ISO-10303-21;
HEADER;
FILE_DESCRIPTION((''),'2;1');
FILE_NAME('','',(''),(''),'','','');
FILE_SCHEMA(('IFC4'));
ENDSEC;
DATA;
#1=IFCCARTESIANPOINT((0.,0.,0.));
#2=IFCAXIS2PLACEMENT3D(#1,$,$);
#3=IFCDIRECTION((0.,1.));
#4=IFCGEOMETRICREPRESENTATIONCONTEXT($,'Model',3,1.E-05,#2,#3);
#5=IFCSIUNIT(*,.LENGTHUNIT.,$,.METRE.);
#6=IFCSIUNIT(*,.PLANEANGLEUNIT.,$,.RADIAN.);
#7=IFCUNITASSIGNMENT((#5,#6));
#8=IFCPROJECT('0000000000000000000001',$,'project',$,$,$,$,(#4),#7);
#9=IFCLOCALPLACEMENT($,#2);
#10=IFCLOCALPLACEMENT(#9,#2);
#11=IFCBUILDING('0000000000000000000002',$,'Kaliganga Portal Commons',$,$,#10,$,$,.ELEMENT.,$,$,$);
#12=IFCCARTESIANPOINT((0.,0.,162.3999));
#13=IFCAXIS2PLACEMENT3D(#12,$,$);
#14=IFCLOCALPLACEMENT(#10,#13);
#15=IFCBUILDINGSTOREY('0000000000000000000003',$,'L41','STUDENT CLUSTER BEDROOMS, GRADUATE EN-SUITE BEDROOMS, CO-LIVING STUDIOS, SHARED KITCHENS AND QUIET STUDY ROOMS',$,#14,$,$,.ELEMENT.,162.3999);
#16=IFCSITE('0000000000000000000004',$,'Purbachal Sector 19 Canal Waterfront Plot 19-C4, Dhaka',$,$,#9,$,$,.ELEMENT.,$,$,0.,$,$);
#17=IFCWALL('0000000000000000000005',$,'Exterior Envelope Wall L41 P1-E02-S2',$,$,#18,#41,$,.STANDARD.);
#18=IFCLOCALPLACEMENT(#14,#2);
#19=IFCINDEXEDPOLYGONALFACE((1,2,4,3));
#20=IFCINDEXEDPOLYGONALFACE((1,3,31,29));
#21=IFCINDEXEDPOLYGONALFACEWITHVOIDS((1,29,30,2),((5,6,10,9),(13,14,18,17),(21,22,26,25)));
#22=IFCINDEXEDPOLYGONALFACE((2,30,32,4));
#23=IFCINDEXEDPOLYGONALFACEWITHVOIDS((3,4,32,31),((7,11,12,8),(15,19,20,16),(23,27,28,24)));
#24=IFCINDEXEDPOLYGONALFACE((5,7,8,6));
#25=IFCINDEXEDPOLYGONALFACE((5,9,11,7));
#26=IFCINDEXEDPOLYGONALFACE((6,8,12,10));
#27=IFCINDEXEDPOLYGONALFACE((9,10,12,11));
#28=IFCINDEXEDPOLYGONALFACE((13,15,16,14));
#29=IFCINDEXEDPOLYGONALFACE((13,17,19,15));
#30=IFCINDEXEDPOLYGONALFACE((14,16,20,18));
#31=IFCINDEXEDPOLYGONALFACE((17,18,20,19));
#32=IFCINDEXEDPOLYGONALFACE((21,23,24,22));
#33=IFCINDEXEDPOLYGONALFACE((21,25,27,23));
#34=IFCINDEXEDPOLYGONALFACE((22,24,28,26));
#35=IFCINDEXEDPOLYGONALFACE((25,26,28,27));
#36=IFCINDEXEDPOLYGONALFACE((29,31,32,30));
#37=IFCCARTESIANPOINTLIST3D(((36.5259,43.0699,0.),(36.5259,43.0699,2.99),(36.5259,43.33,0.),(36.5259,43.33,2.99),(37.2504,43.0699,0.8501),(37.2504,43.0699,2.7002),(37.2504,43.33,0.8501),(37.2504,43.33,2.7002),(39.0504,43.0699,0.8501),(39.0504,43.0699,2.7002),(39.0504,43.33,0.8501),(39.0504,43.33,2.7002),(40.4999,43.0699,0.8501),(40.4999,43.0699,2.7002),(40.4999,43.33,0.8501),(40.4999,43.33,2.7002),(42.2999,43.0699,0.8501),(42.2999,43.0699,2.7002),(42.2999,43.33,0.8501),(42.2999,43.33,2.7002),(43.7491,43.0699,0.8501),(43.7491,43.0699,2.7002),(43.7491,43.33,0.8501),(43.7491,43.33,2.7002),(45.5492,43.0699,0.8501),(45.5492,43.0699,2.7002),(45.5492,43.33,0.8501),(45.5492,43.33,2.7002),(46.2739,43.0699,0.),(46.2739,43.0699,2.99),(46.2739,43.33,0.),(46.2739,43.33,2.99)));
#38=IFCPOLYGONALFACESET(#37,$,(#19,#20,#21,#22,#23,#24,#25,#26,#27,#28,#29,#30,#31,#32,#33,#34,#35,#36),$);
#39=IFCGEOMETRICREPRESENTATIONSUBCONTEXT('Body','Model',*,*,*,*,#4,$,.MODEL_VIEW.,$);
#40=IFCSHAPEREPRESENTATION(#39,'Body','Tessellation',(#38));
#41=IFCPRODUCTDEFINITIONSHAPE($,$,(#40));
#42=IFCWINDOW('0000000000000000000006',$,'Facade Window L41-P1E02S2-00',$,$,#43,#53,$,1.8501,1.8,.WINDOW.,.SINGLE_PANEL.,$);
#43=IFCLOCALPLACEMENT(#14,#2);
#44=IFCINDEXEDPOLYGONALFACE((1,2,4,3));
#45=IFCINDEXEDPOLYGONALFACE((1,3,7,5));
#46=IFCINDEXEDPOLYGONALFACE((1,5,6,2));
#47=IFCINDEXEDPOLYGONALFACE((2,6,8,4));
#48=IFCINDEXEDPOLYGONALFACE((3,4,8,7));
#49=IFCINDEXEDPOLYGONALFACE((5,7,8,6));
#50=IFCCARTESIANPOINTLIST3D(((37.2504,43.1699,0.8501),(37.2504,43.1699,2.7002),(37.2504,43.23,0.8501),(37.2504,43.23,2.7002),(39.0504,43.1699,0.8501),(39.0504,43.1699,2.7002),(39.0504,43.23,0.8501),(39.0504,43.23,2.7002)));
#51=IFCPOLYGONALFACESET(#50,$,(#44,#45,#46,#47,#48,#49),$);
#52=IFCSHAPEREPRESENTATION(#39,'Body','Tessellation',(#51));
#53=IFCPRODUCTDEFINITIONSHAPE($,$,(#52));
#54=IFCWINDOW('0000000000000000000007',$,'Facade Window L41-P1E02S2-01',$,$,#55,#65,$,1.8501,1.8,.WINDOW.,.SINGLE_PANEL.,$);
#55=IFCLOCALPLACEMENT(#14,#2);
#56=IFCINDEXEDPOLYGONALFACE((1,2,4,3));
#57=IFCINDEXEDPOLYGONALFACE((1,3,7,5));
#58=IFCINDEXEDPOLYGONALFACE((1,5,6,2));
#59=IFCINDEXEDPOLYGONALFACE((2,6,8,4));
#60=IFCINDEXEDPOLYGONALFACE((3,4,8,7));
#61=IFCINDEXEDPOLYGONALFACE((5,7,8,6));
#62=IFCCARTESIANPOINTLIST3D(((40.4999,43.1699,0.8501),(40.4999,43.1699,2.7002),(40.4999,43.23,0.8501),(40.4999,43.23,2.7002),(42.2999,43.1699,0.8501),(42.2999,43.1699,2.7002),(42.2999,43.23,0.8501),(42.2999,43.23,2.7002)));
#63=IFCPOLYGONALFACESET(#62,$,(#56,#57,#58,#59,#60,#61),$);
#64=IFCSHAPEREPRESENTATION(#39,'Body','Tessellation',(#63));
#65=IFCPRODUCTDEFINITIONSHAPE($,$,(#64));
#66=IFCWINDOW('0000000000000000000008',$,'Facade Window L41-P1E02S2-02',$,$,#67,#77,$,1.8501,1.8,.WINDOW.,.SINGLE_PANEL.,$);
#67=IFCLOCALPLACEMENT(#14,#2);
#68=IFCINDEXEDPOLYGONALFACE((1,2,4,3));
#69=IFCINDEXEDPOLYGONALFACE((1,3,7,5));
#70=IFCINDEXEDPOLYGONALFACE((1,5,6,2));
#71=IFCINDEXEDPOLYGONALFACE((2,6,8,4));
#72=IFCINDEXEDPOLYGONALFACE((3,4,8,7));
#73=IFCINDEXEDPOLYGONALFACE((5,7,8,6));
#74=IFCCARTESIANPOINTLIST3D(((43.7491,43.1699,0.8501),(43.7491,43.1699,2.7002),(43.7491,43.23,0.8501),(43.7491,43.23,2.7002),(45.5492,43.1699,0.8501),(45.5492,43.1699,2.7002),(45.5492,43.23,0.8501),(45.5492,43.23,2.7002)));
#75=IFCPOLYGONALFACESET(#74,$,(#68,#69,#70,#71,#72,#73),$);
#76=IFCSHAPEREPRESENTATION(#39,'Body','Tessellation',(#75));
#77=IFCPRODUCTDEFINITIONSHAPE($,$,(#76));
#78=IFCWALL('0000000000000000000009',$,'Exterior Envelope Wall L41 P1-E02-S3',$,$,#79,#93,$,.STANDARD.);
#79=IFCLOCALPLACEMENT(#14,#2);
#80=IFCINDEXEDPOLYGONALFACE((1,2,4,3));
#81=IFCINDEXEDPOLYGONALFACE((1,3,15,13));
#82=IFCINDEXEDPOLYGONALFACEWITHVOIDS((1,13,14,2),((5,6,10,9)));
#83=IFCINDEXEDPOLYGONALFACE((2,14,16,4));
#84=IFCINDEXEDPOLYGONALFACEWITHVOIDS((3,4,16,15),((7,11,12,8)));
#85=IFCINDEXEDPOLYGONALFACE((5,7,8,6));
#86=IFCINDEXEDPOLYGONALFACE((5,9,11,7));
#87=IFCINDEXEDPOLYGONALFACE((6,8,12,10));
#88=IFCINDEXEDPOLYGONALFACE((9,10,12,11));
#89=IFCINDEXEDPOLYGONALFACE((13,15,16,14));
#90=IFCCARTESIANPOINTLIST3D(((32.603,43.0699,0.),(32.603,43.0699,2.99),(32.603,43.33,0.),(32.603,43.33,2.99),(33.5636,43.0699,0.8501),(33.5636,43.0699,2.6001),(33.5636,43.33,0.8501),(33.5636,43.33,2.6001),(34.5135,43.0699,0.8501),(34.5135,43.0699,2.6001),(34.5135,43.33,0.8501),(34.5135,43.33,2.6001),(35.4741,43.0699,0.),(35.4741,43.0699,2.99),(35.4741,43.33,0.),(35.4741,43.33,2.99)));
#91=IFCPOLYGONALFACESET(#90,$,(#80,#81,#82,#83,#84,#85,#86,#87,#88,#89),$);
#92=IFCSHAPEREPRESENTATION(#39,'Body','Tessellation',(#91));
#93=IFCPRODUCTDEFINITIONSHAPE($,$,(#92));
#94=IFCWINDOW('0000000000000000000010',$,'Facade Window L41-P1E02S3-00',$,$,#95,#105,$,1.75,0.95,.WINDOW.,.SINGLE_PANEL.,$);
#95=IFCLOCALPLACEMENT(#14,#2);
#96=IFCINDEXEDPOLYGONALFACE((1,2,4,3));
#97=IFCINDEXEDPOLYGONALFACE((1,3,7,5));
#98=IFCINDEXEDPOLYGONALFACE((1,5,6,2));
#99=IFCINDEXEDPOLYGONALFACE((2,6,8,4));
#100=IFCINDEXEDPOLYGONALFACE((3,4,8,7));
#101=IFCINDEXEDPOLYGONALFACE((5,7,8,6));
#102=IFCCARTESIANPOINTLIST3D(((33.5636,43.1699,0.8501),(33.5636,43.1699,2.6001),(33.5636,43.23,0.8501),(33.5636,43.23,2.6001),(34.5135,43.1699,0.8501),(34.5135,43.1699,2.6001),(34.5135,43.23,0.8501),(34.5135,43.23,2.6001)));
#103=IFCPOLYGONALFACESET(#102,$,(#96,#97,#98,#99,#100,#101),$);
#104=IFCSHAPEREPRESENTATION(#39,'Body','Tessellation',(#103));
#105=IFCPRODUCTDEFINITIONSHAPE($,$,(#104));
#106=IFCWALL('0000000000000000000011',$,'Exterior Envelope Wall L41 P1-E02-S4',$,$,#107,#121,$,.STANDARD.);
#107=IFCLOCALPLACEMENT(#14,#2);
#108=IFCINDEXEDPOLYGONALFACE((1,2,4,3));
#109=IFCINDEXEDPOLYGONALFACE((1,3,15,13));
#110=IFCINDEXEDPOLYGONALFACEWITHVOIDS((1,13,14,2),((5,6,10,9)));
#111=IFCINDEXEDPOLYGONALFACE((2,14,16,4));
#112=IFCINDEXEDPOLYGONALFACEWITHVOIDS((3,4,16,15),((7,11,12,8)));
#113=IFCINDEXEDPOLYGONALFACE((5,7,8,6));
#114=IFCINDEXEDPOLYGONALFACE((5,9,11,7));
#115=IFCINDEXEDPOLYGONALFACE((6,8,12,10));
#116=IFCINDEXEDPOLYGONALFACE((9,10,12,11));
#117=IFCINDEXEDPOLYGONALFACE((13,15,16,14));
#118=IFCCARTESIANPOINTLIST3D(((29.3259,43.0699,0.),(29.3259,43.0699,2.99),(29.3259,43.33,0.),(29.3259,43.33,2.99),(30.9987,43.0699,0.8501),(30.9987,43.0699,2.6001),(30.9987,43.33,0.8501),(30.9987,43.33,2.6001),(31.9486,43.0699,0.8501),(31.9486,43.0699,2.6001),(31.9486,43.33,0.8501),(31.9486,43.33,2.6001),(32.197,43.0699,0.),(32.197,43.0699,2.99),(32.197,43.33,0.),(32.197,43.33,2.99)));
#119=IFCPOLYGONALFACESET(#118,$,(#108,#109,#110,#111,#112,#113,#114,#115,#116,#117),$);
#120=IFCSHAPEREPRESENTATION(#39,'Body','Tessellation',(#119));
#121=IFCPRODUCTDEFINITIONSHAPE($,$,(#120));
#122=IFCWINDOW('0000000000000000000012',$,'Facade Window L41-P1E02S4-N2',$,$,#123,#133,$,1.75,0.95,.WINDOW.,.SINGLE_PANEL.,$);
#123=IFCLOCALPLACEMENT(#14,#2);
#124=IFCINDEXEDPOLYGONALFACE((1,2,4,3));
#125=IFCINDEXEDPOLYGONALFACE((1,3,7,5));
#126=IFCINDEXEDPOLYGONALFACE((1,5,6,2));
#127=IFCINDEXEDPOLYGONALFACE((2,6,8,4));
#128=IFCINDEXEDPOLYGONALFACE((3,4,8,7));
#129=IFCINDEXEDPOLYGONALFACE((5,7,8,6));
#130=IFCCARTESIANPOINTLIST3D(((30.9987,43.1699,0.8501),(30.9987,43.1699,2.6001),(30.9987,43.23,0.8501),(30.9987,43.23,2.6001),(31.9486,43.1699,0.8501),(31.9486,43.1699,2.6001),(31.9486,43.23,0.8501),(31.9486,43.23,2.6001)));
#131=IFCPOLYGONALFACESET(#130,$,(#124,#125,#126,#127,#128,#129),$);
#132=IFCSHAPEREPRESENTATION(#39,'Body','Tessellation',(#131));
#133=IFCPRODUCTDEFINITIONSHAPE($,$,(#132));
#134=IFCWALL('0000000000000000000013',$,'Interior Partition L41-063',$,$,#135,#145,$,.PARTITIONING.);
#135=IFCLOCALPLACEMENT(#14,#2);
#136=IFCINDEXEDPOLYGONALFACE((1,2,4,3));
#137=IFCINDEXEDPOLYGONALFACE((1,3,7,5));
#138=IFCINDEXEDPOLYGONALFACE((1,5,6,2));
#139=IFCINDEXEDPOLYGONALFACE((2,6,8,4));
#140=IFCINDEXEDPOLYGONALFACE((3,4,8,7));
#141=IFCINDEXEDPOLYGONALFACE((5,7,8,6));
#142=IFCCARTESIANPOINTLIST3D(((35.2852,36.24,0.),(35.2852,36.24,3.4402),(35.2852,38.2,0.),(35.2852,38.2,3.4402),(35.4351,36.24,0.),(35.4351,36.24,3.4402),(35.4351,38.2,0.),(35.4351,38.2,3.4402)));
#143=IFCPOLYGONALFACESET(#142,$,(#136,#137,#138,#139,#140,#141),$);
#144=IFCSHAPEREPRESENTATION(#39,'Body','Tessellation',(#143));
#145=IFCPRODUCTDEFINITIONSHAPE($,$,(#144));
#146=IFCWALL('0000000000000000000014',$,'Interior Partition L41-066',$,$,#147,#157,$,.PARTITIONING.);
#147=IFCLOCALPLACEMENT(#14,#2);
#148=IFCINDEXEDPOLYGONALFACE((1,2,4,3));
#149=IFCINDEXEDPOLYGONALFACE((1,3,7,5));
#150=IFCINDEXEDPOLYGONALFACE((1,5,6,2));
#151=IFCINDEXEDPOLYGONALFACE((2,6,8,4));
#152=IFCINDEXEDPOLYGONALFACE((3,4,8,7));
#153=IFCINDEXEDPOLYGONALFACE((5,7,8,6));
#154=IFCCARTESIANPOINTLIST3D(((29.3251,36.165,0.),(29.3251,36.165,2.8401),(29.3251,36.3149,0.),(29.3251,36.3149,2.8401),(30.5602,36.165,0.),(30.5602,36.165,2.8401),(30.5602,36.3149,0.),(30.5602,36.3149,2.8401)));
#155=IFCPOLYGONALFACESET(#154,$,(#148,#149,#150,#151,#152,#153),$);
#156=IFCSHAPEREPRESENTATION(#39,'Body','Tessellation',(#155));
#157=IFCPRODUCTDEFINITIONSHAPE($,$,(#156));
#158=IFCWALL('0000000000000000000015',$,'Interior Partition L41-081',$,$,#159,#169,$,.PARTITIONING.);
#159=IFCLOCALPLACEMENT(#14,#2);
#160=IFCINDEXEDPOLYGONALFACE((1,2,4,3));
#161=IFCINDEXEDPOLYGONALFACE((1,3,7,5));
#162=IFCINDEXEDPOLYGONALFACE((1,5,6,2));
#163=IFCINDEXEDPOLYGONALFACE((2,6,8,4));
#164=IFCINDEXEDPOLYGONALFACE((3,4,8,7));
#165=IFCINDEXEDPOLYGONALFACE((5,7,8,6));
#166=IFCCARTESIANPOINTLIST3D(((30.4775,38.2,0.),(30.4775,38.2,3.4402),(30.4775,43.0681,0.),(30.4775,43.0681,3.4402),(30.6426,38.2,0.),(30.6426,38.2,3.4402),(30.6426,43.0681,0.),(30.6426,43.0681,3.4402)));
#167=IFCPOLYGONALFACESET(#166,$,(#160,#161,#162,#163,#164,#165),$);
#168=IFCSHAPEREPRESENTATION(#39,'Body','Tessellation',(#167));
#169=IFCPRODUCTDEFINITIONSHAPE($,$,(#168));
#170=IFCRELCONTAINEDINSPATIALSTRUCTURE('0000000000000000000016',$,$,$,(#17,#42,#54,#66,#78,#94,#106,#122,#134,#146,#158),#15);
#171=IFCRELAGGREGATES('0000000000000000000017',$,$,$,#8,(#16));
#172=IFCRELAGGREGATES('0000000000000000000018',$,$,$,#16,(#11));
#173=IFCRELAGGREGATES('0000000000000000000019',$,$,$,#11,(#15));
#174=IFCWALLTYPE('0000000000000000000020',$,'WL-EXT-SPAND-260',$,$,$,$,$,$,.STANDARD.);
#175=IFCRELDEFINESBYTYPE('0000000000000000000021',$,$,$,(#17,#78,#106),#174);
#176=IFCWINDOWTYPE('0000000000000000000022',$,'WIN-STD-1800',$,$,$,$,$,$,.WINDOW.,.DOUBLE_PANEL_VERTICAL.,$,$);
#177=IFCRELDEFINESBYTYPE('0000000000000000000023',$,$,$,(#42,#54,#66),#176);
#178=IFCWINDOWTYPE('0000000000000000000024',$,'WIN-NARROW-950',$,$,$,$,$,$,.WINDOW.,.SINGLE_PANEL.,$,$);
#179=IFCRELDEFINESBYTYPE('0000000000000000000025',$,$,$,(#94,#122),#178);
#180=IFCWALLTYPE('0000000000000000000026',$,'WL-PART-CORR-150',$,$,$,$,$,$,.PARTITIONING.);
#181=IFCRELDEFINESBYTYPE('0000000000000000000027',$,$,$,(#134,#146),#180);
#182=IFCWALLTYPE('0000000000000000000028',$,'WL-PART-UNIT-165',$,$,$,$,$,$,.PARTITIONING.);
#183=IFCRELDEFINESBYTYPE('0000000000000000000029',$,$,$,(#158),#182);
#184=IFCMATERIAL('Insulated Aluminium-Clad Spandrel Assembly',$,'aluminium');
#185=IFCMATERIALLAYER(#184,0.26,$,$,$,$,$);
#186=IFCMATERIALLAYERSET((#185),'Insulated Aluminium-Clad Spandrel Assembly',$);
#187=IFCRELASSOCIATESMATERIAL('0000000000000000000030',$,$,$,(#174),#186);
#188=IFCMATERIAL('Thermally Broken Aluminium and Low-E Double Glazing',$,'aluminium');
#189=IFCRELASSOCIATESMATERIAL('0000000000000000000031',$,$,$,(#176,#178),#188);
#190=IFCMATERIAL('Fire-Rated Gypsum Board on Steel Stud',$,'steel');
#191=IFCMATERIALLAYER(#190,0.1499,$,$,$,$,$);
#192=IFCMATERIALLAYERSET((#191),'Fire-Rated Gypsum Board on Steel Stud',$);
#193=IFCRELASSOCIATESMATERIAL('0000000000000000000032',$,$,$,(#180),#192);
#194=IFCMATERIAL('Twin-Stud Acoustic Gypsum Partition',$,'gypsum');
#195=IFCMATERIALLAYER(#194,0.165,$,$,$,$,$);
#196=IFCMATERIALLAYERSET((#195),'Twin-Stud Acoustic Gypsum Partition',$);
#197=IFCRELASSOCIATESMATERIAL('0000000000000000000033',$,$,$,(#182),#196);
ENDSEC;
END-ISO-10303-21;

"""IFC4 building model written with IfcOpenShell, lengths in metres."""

from ifc_helpers import new_model, si_unit, direction, frame, frame_2d, origin, place, context, subcontext, project, spatial, rectangle, extrude, material, layer, layer_set, type_object, element, fill, save


model = new_model("IFC4")

# Units and contexts
model_context = context("Model", 3, precision=1e-05, world=origin(), true_north=direction((0.0, 1.0)))
body_context = subcontext(model_context, "Body", "Model", "MODEL_VIEW")
ifc_project = project(units=[si_unit("LENGTHUNIT", "METRE"), si_unit("PLANEANGLEUNIT", "RADIAN")], contexts=[model_context])

# Site, building, storey
site_placement = place(None, origin())
site = spatial("IfcSite", under=ifc_project, at=site_placement, Name="Purbachal Sector 19 Canal Waterfront Plot 19-C4, Dhaka", CompositionType="ELEMENT", RefElevation=0.0)
building_placement = place(site_placement, origin())
building = spatial("IfcBuilding", under=site, at=building_placement, Name="Kaliganga Portal Commons", CompositionType="ELEMENT")
storey_placement = place(building_placement, frame((0.0, 0.0, 162.3999)))
storey = spatial("IfcBuildingStorey", under=building, at=storey_placement, Name="L41", Description="STUDENT CLUSTER BEDROOMS, GRADUATE EN-SUITE BEDROOMS, CO-LIVING STUDIOS, SHARED KITCHENS AND QUIET STUDY ROOMS", CompositionType="ELEMENT", Elevation=162.3999)

# Wall, openings, windows
ifc_material_1 = material(Name="Insulated Aluminium-Clad Spandrel Assembly", Category="aluminium")
ifc_layer_1 = layer(ifc_material_1, 0.26)
ifc_layer_set_1 = layer_set([ifc_layer_1], Name="Insulated Aluminium-Clad Spandrel Assembly")
wall_type_1 = type_object("IfcWallType", Name="WL-EXT-SPAND-260", PredefinedType="STANDARD", material=ifc_layer_set_1)
wall_1_placement = place(storey_placement, frame((36.5259, 43.2, 0.0), z_axis=(0.0, 0.0, 1.0), x_axis=(1.0, 0.0, 0.0)))
wall_1 = element("IfcWall", 1, at=wall_1_placement, inside=storey, type_object=wall_type_1, Name="Exterior Envelope Wall L41 P1-E02-S2", PredefinedType="STANDARD", context=body_context, shape_type="SweptSolid", body=[
    extrude(rectangle(XDim=9.748, YDim=0.26, at=frame_2d((4.874, 0.0))), origin(), (0.0, 0.0, 1.0), 2.99),
])
opening_1_placement = place(wall_1_placement, frame((0.7246, 0.0, 0.8501)))
opening_1 = element("IfcOpeningElement", 2, at=opening_1_placement, cuts=wall_1, PredefinedType="OPENING", context=body_context, shape_type="SweptSolid", body=[
    extrude(rectangle(XDim=1.8, YDim=1.8501, at=frame_2d((0.8999, 0.925))), frame((0.0, 0.1401, 0.0), z_axis=(0.0, -1.0, 0.0), x_axis=(1.0, 0.0, 0.0)), (0.0, 0.0, 1.0), 0.28),
])
opening_2_placement = place(wall_1_placement, frame((3.9741, 0.0, 0.8501)))
opening_2 = element("IfcOpeningElement", 3, at=opening_2_placement, cuts=wall_1, PredefinedType="OPENING", context=body_context, shape_type="SweptSolid", body=[
    extrude(rectangle(XDim=1.8, YDim=1.8501, at=frame_2d((0.8999, 0.925))), frame((0.0, 0.1401, 0.0), z_axis=(0.0, -1.0, 0.0), x_axis=(1.0, 0.0, 0.0)), (0.0, 0.0, 1.0), 0.28),
])
opening_3_placement = place(wall_1_placement, frame((7.2234, 0.0, 0.8501)))
opening_3 = element("IfcOpeningElement", 4, at=opening_3_placement, cuts=wall_1, PredefinedType="OPENING", context=body_context, shape_type="SweptSolid", body=[
    extrude(rectangle(XDim=1.8, YDim=1.8501, at=frame_2d((0.8999, 0.925))), frame((0.0, 0.1401, 0.0), z_axis=(0.0, -1.0, 0.0), x_axis=(1.0, 0.0, 0.0)), (0.0, 0.0, 1.0), 0.28),
])
ifc_material_2 = material(Name="Thermally Broken Aluminium and Low-E Double Glazing", Category="aluminium")
window_type_1 = type_object("IfcWindowType", Name="WIN-STD-1800", PartitioningType="DOUBLE_PANEL_VERTICAL", PredefinedType="WINDOW", material=ifc_material_2)
window_1_placement = place(opening_1_placement, origin())
window_1 = element("IfcWindow", 5, at=window_1_placement, inside=storey, type_object=window_type_1, Name="Facade Window L41-P1E02S2-00", OverallHeight=1.8501, OverallWidth=1.8, PartitioningType="SINGLE_PANEL", PredefinedType="WINDOW", context=body_context, shape_type="SweptSolid", body=[
    extrude(rectangle(XDim=1.8, YDim=1.8501, at=frame_2d((0.8999, 0.925))), frame((0.0, 0.03, 0.0), z_axis=(0.0, -1.0, 0.0), x_axis=(1.0, 0.0, 0.0)), (0.0, 0.0, 1.0), 0.0601),
])
fill(opening_1, window_1)
window_2_placement = place(opening_2_placement, origin())
window_2 = element("IfcWindow", 6, at=window_2_placement, inside=storey, type_object=window_type_1, Name="Facade Window L41-P1E02S2-01", OverallHeight=1.8501, OverallWidth=1.8, PartitioningType="SINGLE_PANEL", PredefinedType="WINDOW", context=body_context, shape_type="SweptSolid", body=[
    extrude(rectangle(XDim=1.8, YDim=1.8501, at=frame_2d((0.8999, 0.925))), frame((0.0, 0.03, 0.0), z_axis=(0.0, -1.0, 0.0), x_axis=(1.0, 0.0, 0.0)), (0.0, 0.0, 1.0), 0.0601),
])
fill(opening_2, window_2)
window_3_placement = place(opening_3_placement, origin())
window_3 = element("IfcWindow", 7, at=window_3_placement, inside=storey, type_object=window_type_1, Name="Facade Window L41-P1E02S2-02", OverallHeight=1.8501, OverallWidth=1.8, PartitioningType="SINGLE_PANEL", PredefinedType="WINDOW", context=body_context, shape_type="SweptSolid", body=[
    extrude(rectangle(XDim=1.8, YDim=1.8501, at=frame_2d((0.8999, 0.925))), frame((0.0, 0.03, 0.0), z_axis=(0.0, -1.0, 0.0), x_axis=(1.0, 0.0, 0.0)), (0.0, 0.0, 1.0), 0.0601),
])
fill(opening_3, window_3)

# Walls, openings, windows
wall_2_placement = place(storey_placement, frame((32.603, 43.2, 0.0), z_axis=(0.0, 0.0, 1.0), x_axis=(1.0, 0.0, 0.0)))
wall_2 = element("IfcWall", 8, at=wall_2_placement, inside=storey, type_object=wall_type_1, Name="Exterior Envelope Wall L41 P1-E02-S3", PredefinedType="STANDARD", context=body_context, shape_type="SweptSolid", body=[
    extrude(rectangle(XDim=2.8711, YDim=0.26, at=frame_2d((1.4355, 0.0))), origin(), (0.0, 0.0, 1.0), 2.99),
])
opening_4_placement = place(wall_2_placement, frame((0.9604, 0.0, 0.8501)))
opening_4 = element("IfcOpeningElement", 9, at=opening_4_placement, cuts=wall_2, PredefinedType="OPENING", context=body_context, shape_type="SweptSolid", body=[
    extrude(rectangle(XDim=0.95, YDim=1.75, at=frame_2d((0.4751, 0.875))), frame((0.0, 0.1401, 0.0), z_axis=(0.0, -1.0, 0.0), x_axis=(1.0, 0.0, 0.0)), (0.0, 0.0, 1.0), 0.28),
])
window_type_2 = type_object("IfcWindowType", Name="WIN-NARROW-950", PartitioningType="SINGLE_PANEL", PredefinedType="WINDOW", material=ifc_material_2)
window_4_placement = place(opening_4_placement, origin())
window_4 = element("IfcWindow", 10, at=window_4_placement, inside=storey, type_object=window_type_2, Name="Facade Window L41-P1E02S3-00", OverallHeight=1.75, OverallWidth=0.95, PartitioningType="SINGLE_PANEL", PredefinedType="WINDOW", context=body_context, shape_type="SweptSolid", body=[
    extrude(rectangle(XDim=0.95, YDim=1.75, at=frame_2d((0.4751, 0.875))), frame((0.0, 0.03, 0.0), z_axis=(0.0, -1.0, 0.0), x_axis=(1.0, 0.0, 0.0)), (0.0, 0.0, 1.0), 0.0601),
])
fill(opening_4, window_4)
wall_3_placement = place(storey_placement, frame((29.3259, 43.2, 0.0), z_axis=(0.0, 0.0, 1.0), x_axis=(1.0, 0.0, 0.0)))
wall_3 = element("IfcWall", 11, at=wall_3_placement, inside=storey, type_object=wall_type_1, Name="Exterior Envelope Wall L41 P1-E02-S4", PredefinedType="STANDARD", context=body_context, shape_type="SweptSolid", body=[
    extrude(rectangle(XDim=2.8711, YDim=0.26, at=frame_2d((1.4355, 0.0))), origin(), (0.0, 0.0, 1.0), 2.99),
])
opening_5_placement = place(wall_3_placement, frame((1.6726, 0.0, 0.8501)))
opening_5 = element("IfcOpeningElement", 12, at=opening_5_placement, cuts=wall_3, PredefinedType="OPENING", context=body_context, shape_type="SweptSolid", body=[
    extrude(rectangle(XDim=0.95, YDim=1.75, at=frame_2d((0.4751, 0.875))), frame((0.0, 0.1401, 0.0), z_axis=(0.0, -1.0, 0.0), x_axis=(1.0, 0.0, 0.0)), (0.0, 0.0, 1.0), 0.28),
])
window_5_placement = place(opening_5_placement, origin())
window_5 = element("IfcWindow", 13, at=window_5_placement, inside=storey, type_object=window_type_2, Name="Facade Window L41-P1E02S4-N2", OverallHeight=1.75, OverallWidth=0.95, PartitioningType="SINGLE_PANEL", PredefinedType="WINDOW", context=body_context, shape_type="SweptSolid", body=[
    extrude(rectangle(XDim=0.95, YDim=1.75, at=frame_2d((0.4751, 0.875))), frame((0.0, 0.03, 0.0), z_axis=(0.0, -1.0, 0.0), x_axis=(1.0, 0.0, 0.0)), (0.0, 0.0, 1.0), 0.0601),
])
fill(opening_5, window_5)

# Shared definitions
ifc_material_3 = material(Name="Fire-Rated Gypsum Board on Steel Stud", Category="steel")
ifc_layer_2 = layer(ifc_material_3, 0.1499)
ifc_layer_set_2 = layer_set([ifc_layer_2], Name="Fire-Rated Gypsum Board on Steel Stud")
wall_type_2 = type_object("IfcWallType", Name="WL-PART-CORR-150", PredefinedType="PARTITIONING", material=ifc_layer_set_2)

# Walls
wall_4_placement = place(storey_placement, frame((35.3601, 36.24, 0.0), z_axis=(0.0, 0.0, 1.0), x_axis=(0.0, 1.0, 0.0)))
element("IfcWall", 14, at=wall_4_placement, inside=storey, type_object=wall_type_2, Name="Interior Partition L41-063", PredefinedType="PARTITIONING", context=body_context, shape_type="SweptSolid", body=[
    extrude(rectangle(XDim=1.96, YDim=0.1499, at=frame_2d((0.98, 0.0))), origin(), (0.0, 0.0, 1.0), 3.4402),
])
wall_5_placement = place(storey_placement, frame((29.325, 36.24, 0.0), z_axis=(0.0, 0.0, 1.0), x_axis=(1.0, 0.0, 0.0)))
element("IfcWall", 15, at=wall_5_placement, inside=storey, type_object=wall_type_2, Name="Interior Partition L41-066", PredefinedType="PARTITIONING", context=body_context, shape_type="SweptSolid", body=[
    extrude(rectangle(XDim=1.2351, YDim=0.1499, at=frame_2d((0.6177, 0.0))), origin(), (0.0, 0.0, 1.0), 2.8401),
])
ifc_material_4 = material(Name="Twin-Stud Acoustic Gypsum Partition", Category="gypsum")
ifc_layer_3 = layer(ifc_material_4, 0.165)
ifc_layer_set_3 = layer_set([ifc_layer_3], Name="Twin-Stud Acoustic Gypsum Partition")
wall_type_3 = type_object("IfcWallType", Name="WL-PART-UNIT-165", PredefinedType="PARTITIONING", material=ifc_layer_set_3)
wall_6_placement = place(storey_placement, frame((30.5601, 38.2, 0.0), z_axis=(0.0, 0.0, 1.0), x_axis=(0.0, 1.0, 0.0)))
element("IfcWall", 16, at=wall_6_placement, inside=storey, type_object=wall_type_3, Name="Interior Partition L41-081", PredefinedType="PARTITIONING", context=body_context, shape_type="SweptSolid", body=[
    extrude(rectangle(XDim=4.8682, YDim=0.165, at=frame_2d((2.4341, 0.0))), origin(), (0.0, 0.0, 1.0), 3.4402),
])

save(model, "model.ifc")
